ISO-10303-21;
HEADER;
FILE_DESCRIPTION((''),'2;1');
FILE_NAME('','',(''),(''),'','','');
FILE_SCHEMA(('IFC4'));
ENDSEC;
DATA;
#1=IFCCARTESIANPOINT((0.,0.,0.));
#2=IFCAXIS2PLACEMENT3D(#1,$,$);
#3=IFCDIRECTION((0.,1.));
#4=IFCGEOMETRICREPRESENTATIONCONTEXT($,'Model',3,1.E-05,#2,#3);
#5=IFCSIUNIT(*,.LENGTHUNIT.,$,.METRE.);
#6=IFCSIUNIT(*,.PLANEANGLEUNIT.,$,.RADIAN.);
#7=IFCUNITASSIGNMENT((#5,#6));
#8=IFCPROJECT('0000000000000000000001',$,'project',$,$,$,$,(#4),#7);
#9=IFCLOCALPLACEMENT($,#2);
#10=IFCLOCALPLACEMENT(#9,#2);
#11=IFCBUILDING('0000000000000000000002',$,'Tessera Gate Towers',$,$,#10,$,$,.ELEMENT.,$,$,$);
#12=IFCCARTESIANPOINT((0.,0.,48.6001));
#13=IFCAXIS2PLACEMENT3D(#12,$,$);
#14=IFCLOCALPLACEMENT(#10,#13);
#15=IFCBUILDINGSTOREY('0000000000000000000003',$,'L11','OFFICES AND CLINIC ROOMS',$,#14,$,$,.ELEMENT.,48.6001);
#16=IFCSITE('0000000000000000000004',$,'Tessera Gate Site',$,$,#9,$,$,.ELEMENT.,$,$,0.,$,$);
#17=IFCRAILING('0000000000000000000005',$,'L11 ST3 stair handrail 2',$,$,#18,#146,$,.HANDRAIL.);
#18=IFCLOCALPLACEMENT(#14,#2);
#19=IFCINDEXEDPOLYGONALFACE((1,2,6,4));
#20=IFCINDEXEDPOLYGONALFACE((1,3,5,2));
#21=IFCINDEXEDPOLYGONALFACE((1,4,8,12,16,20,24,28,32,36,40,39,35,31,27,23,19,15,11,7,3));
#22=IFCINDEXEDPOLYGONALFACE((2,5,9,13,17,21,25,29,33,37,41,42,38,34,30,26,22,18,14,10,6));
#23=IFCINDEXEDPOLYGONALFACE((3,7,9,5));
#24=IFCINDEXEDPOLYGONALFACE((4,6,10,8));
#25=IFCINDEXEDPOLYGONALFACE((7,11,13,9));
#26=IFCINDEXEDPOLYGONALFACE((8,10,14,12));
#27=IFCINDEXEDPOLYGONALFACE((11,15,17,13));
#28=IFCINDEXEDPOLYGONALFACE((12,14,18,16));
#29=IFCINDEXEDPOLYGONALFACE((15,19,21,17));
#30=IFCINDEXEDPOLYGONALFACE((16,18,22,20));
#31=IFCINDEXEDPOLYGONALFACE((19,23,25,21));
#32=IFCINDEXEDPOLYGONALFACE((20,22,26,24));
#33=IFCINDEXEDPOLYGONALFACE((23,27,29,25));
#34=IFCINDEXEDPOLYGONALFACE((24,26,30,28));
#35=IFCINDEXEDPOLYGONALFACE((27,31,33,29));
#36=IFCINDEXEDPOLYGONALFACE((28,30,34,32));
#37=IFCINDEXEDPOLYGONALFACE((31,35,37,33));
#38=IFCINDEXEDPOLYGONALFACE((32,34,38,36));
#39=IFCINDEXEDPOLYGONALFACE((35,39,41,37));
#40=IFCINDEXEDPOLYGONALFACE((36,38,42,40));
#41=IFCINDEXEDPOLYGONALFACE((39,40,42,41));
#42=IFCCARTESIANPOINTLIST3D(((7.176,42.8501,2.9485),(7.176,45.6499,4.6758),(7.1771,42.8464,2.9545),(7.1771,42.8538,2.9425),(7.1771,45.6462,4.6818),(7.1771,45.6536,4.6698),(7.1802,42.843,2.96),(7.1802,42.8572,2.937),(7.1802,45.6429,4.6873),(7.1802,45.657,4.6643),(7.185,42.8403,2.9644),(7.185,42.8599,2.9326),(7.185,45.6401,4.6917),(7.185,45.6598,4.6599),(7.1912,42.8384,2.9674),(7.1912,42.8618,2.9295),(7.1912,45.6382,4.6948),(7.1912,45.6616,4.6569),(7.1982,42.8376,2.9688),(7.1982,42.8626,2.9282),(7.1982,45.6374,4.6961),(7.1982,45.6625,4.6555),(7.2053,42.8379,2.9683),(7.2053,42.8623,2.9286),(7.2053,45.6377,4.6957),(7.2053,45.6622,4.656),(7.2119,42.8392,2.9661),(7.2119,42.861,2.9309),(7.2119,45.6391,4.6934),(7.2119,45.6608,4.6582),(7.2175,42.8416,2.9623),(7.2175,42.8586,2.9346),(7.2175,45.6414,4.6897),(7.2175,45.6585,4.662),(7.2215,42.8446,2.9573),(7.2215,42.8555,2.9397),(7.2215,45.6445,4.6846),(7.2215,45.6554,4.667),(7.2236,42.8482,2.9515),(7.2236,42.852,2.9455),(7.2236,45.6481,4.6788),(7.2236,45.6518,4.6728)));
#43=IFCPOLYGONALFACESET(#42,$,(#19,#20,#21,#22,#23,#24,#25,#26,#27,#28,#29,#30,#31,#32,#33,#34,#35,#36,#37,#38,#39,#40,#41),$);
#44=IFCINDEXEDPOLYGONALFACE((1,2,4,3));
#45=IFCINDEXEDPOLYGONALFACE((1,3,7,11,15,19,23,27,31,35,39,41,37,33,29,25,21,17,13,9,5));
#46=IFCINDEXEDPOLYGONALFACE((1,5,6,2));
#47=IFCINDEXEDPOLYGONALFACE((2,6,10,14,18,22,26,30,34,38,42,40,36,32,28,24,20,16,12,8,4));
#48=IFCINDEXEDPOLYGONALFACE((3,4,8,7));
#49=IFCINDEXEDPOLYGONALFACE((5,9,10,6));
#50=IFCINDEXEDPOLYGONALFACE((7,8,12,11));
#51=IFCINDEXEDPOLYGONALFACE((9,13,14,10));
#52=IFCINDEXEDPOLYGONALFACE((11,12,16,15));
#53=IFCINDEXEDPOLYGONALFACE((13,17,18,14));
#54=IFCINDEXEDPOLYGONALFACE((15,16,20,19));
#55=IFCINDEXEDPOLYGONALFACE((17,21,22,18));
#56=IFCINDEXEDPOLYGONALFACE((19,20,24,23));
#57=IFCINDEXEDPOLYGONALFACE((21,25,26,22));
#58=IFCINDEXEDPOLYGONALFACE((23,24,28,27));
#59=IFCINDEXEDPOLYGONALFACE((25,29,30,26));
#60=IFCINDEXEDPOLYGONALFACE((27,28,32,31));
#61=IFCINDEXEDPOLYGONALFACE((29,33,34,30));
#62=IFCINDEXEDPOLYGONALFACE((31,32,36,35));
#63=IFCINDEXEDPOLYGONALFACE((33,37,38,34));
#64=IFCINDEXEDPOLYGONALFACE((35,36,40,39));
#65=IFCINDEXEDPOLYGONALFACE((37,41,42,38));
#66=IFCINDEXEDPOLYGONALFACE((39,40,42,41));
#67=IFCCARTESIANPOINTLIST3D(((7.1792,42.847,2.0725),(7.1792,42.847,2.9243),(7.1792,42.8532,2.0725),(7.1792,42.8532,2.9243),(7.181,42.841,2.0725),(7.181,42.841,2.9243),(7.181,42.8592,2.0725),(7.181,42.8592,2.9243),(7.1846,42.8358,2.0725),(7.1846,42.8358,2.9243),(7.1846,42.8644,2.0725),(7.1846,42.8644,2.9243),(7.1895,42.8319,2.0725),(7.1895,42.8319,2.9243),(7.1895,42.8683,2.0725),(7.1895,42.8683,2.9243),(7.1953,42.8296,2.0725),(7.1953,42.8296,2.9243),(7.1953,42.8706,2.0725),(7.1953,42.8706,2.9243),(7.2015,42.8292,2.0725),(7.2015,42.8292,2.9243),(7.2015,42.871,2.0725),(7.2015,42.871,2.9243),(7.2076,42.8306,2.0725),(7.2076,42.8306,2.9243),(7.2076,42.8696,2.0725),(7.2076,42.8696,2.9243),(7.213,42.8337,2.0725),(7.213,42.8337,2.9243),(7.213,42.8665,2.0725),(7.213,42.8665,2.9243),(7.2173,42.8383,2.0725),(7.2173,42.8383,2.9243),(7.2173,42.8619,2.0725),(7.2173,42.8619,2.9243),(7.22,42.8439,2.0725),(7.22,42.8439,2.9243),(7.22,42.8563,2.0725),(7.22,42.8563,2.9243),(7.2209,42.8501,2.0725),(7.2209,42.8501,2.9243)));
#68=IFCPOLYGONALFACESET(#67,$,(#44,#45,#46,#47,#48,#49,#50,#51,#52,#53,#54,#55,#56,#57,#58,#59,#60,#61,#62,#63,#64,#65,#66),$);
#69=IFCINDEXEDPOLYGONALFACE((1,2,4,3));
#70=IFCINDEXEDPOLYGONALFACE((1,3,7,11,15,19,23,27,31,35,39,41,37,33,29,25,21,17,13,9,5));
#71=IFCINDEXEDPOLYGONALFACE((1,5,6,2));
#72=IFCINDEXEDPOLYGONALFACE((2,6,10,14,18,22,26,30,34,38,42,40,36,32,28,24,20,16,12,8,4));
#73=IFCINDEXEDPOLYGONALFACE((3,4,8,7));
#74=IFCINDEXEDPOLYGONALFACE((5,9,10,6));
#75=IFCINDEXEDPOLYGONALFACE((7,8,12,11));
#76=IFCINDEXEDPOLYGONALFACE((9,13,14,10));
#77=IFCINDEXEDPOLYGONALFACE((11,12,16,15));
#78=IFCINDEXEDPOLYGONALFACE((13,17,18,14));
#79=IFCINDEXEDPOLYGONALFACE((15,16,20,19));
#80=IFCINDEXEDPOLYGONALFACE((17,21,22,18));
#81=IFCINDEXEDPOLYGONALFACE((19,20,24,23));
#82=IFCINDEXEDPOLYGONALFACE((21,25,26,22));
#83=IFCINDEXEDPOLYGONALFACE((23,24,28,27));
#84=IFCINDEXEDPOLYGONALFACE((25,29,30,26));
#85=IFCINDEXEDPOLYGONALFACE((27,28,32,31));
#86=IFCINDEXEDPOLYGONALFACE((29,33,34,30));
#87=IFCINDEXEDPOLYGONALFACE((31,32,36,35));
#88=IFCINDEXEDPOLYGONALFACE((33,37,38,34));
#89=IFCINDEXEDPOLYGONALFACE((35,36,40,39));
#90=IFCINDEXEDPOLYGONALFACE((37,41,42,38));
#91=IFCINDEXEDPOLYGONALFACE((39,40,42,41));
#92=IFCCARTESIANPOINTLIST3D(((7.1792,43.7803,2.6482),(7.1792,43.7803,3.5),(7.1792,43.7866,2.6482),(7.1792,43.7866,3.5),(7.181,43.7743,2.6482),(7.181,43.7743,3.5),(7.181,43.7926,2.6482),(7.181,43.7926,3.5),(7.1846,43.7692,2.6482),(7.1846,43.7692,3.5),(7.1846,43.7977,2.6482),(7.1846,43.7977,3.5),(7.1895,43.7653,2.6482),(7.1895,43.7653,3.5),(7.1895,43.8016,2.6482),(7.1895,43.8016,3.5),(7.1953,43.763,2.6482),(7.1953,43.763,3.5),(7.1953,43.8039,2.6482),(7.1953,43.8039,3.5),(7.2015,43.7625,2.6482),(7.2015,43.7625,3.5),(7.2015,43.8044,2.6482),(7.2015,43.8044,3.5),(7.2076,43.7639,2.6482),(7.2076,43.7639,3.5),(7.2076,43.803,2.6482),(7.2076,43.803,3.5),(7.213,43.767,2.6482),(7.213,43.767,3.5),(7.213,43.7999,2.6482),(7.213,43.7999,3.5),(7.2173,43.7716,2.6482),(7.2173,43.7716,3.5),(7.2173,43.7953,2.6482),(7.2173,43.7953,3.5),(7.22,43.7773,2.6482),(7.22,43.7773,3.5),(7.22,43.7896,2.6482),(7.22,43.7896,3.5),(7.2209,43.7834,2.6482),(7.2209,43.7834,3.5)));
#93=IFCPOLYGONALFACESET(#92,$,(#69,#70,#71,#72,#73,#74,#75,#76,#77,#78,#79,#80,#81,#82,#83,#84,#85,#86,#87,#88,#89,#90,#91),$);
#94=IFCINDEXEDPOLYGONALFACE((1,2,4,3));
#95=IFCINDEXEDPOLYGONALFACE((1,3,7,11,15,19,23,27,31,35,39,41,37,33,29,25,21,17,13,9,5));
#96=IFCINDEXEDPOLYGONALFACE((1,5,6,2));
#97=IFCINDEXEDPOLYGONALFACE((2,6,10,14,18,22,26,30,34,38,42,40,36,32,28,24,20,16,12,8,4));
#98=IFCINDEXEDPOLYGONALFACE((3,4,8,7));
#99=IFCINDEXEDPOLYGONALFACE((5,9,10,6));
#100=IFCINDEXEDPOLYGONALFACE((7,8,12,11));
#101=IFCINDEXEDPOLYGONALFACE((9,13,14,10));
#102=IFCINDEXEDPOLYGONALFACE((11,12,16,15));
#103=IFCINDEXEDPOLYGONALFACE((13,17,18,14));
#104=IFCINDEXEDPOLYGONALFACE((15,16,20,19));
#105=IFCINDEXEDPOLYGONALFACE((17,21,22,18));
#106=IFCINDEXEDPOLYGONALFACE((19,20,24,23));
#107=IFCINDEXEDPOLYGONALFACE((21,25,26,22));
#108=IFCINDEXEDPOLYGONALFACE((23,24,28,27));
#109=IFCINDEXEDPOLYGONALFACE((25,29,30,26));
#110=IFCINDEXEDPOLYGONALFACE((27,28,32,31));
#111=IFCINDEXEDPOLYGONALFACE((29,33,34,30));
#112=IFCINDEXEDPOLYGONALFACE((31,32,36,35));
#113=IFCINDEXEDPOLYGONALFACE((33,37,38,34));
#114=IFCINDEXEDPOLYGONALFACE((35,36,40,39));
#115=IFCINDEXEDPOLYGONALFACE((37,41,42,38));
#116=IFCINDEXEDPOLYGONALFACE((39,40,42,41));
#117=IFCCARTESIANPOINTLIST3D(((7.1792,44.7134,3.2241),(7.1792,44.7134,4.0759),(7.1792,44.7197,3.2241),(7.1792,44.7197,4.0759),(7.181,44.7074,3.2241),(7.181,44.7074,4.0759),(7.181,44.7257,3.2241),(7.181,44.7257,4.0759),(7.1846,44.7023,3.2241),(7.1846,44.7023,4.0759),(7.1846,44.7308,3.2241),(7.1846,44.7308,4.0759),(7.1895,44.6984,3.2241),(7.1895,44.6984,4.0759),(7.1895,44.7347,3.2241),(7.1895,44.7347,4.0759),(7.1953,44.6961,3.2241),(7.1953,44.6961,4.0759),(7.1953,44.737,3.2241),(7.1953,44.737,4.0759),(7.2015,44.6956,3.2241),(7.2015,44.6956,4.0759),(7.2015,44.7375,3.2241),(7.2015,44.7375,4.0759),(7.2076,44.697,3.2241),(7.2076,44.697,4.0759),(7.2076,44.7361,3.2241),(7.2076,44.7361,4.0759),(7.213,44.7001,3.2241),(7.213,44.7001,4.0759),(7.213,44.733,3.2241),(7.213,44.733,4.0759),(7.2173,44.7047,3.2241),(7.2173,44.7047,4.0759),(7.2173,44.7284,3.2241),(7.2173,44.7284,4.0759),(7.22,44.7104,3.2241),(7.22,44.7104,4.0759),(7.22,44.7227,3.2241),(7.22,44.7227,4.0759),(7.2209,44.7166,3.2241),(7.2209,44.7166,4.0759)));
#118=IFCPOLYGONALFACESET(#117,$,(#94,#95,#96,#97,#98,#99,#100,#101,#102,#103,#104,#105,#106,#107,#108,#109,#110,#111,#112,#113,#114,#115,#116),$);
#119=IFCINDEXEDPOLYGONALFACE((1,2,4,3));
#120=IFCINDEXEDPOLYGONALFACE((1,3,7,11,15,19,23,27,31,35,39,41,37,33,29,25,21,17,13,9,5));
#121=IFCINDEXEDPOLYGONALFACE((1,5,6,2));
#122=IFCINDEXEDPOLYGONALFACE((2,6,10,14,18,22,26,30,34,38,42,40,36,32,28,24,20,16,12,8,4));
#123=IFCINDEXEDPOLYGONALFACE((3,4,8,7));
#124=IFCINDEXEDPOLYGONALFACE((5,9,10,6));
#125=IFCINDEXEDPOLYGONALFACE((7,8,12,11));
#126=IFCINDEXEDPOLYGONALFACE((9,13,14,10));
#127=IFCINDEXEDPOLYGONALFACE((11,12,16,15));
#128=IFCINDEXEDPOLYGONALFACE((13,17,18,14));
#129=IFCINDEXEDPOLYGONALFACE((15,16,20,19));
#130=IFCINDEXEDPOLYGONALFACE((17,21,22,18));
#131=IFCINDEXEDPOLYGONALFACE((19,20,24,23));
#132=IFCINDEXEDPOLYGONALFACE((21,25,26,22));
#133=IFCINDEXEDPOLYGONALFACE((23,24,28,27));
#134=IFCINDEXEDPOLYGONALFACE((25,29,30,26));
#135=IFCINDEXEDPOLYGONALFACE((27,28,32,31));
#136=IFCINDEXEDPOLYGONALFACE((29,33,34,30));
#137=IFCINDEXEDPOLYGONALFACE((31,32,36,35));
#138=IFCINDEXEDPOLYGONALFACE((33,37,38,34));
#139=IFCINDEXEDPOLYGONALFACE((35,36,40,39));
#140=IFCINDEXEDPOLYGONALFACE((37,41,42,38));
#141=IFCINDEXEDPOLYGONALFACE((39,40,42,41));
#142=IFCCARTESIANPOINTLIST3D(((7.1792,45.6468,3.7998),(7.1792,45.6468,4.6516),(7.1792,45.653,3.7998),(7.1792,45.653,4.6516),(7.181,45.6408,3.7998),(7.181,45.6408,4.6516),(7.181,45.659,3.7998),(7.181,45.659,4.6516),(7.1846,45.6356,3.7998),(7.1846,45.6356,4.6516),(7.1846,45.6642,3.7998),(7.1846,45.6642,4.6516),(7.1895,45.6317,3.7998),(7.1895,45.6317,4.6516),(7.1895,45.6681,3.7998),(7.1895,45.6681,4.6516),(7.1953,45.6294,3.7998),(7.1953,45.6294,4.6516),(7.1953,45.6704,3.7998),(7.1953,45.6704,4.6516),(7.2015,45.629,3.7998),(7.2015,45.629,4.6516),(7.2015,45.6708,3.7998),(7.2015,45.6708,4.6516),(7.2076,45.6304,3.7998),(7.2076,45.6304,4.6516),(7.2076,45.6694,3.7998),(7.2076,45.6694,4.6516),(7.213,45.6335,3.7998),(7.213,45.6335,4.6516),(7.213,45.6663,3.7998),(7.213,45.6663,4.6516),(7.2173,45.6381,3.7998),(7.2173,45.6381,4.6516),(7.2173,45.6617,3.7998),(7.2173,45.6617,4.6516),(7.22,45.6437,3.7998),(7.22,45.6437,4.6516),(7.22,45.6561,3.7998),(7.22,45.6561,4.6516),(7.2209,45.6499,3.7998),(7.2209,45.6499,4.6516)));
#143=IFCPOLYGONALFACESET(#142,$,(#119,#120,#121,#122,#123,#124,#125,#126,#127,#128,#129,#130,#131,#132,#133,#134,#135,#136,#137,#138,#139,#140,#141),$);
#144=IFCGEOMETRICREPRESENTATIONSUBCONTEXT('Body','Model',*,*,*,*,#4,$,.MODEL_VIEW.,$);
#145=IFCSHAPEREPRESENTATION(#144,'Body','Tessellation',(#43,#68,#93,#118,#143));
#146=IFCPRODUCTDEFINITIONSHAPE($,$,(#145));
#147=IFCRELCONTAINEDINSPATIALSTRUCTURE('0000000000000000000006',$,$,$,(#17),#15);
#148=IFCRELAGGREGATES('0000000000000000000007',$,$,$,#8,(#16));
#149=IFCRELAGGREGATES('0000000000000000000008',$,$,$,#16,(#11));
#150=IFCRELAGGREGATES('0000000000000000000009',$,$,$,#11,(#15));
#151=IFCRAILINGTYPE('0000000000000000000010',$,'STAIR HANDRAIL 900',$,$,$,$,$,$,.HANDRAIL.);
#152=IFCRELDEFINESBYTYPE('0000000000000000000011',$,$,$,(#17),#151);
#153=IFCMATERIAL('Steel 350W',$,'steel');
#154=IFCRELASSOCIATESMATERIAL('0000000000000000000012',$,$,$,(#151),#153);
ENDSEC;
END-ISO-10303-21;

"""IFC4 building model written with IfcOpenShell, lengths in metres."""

from ifc_helpers import new_model, si_unit, direction, frame, origin, origin_2d, place, context, subcontext, project, spatial, circle, extrude, material, type_object, element, save


model = new_model("IFC4")

# Units and contexts
model_context = context("Model", 3, precision=1e-05, world=origin(), true_north=direction((0.0, 1.0)))
body_context = subcontext(model_context, "Body", "Model", "MODEL_VIEW")
ifc_project = project(units=[si_unit("LENGTHUNIT", "METRE"), si_unit("PLANEANGLEUNIT", "RADIAN")], contexts=[model_context])

# Site, building, storey
site_placement = place(None, origin())
site = spatial("IfcSite", under=ifc_project, at=site_placement, Name="Tessera Gate Site", CompositionType="ELEMENT", RefElevation=0.0)
building_placement = place(site_placement, origin())
building = spatial("IfcBuilding", under=site, at=building_placement, Name="Tessera Gate Towers", CompositionType="ELEMENT")
storey_placement = place(building_placement, frame((0.0, 0.0, 48.6001)))
storey = spatial("IfcBuildingStorey", under=building, at=storey_placement, Name="L11", Description="OFFICES AND CLINIC ROOMS", CompositionType="ELEMENT", Elevation=48.6001)

# Railing
ifc_material_1 = material(Name="Steel 350W", Category="steel")
railing_type_1 = type_object("IfcRailingType", Name="STAIR HANDRAIL 900", PredefinedType="HANDRAIL", material=ifc_material_1)
railing_1_placement = place(storey_placement, frame((7.2, 42.8501, 2.0725)))
element("IfcRailing", 1, at=railing_1_placement, inside=storey, type_object=railing_type_1, Name="L11 ST3 stair handrail 2", PredefinedType="HANDRAIL", context=body_context, shape_type="SweptSolid", body=[
    extrude(circle(Radius=0.0239, at=origin_2d()), frame((0.0, 0.0, 0.876), z_axis=(0.0, 0.851069, 0.525054), x_axis=(-1.0, 0.0, 0.0)), (0.0, 0.0, 1.0), 3.2898),
    extrude(circle(Radius=0.021, at=origin_2d()), origin(), (0.0, 0.0, 1.0), 0.8518),
    extrude(circle(Radius=0.021, at=origin_2d()), frame((0.0, 0.9333, 0.5757)), (0.0, 0.0, 1.0), 0.8518),
    extrude(circle(Radius=0.021, at=origin_2d()), frame((0.0, 1.8665, 1.1516)), (0.0, 0.0, 1.0), 0.8518),
    extrude(circle(Radius=0.021, at=origin_2d()), frame((0.0, 2.7998, 1.7273)), (0.0, 0.0, 1.0), 0.8518),
])

save(model, "model.ifc")
